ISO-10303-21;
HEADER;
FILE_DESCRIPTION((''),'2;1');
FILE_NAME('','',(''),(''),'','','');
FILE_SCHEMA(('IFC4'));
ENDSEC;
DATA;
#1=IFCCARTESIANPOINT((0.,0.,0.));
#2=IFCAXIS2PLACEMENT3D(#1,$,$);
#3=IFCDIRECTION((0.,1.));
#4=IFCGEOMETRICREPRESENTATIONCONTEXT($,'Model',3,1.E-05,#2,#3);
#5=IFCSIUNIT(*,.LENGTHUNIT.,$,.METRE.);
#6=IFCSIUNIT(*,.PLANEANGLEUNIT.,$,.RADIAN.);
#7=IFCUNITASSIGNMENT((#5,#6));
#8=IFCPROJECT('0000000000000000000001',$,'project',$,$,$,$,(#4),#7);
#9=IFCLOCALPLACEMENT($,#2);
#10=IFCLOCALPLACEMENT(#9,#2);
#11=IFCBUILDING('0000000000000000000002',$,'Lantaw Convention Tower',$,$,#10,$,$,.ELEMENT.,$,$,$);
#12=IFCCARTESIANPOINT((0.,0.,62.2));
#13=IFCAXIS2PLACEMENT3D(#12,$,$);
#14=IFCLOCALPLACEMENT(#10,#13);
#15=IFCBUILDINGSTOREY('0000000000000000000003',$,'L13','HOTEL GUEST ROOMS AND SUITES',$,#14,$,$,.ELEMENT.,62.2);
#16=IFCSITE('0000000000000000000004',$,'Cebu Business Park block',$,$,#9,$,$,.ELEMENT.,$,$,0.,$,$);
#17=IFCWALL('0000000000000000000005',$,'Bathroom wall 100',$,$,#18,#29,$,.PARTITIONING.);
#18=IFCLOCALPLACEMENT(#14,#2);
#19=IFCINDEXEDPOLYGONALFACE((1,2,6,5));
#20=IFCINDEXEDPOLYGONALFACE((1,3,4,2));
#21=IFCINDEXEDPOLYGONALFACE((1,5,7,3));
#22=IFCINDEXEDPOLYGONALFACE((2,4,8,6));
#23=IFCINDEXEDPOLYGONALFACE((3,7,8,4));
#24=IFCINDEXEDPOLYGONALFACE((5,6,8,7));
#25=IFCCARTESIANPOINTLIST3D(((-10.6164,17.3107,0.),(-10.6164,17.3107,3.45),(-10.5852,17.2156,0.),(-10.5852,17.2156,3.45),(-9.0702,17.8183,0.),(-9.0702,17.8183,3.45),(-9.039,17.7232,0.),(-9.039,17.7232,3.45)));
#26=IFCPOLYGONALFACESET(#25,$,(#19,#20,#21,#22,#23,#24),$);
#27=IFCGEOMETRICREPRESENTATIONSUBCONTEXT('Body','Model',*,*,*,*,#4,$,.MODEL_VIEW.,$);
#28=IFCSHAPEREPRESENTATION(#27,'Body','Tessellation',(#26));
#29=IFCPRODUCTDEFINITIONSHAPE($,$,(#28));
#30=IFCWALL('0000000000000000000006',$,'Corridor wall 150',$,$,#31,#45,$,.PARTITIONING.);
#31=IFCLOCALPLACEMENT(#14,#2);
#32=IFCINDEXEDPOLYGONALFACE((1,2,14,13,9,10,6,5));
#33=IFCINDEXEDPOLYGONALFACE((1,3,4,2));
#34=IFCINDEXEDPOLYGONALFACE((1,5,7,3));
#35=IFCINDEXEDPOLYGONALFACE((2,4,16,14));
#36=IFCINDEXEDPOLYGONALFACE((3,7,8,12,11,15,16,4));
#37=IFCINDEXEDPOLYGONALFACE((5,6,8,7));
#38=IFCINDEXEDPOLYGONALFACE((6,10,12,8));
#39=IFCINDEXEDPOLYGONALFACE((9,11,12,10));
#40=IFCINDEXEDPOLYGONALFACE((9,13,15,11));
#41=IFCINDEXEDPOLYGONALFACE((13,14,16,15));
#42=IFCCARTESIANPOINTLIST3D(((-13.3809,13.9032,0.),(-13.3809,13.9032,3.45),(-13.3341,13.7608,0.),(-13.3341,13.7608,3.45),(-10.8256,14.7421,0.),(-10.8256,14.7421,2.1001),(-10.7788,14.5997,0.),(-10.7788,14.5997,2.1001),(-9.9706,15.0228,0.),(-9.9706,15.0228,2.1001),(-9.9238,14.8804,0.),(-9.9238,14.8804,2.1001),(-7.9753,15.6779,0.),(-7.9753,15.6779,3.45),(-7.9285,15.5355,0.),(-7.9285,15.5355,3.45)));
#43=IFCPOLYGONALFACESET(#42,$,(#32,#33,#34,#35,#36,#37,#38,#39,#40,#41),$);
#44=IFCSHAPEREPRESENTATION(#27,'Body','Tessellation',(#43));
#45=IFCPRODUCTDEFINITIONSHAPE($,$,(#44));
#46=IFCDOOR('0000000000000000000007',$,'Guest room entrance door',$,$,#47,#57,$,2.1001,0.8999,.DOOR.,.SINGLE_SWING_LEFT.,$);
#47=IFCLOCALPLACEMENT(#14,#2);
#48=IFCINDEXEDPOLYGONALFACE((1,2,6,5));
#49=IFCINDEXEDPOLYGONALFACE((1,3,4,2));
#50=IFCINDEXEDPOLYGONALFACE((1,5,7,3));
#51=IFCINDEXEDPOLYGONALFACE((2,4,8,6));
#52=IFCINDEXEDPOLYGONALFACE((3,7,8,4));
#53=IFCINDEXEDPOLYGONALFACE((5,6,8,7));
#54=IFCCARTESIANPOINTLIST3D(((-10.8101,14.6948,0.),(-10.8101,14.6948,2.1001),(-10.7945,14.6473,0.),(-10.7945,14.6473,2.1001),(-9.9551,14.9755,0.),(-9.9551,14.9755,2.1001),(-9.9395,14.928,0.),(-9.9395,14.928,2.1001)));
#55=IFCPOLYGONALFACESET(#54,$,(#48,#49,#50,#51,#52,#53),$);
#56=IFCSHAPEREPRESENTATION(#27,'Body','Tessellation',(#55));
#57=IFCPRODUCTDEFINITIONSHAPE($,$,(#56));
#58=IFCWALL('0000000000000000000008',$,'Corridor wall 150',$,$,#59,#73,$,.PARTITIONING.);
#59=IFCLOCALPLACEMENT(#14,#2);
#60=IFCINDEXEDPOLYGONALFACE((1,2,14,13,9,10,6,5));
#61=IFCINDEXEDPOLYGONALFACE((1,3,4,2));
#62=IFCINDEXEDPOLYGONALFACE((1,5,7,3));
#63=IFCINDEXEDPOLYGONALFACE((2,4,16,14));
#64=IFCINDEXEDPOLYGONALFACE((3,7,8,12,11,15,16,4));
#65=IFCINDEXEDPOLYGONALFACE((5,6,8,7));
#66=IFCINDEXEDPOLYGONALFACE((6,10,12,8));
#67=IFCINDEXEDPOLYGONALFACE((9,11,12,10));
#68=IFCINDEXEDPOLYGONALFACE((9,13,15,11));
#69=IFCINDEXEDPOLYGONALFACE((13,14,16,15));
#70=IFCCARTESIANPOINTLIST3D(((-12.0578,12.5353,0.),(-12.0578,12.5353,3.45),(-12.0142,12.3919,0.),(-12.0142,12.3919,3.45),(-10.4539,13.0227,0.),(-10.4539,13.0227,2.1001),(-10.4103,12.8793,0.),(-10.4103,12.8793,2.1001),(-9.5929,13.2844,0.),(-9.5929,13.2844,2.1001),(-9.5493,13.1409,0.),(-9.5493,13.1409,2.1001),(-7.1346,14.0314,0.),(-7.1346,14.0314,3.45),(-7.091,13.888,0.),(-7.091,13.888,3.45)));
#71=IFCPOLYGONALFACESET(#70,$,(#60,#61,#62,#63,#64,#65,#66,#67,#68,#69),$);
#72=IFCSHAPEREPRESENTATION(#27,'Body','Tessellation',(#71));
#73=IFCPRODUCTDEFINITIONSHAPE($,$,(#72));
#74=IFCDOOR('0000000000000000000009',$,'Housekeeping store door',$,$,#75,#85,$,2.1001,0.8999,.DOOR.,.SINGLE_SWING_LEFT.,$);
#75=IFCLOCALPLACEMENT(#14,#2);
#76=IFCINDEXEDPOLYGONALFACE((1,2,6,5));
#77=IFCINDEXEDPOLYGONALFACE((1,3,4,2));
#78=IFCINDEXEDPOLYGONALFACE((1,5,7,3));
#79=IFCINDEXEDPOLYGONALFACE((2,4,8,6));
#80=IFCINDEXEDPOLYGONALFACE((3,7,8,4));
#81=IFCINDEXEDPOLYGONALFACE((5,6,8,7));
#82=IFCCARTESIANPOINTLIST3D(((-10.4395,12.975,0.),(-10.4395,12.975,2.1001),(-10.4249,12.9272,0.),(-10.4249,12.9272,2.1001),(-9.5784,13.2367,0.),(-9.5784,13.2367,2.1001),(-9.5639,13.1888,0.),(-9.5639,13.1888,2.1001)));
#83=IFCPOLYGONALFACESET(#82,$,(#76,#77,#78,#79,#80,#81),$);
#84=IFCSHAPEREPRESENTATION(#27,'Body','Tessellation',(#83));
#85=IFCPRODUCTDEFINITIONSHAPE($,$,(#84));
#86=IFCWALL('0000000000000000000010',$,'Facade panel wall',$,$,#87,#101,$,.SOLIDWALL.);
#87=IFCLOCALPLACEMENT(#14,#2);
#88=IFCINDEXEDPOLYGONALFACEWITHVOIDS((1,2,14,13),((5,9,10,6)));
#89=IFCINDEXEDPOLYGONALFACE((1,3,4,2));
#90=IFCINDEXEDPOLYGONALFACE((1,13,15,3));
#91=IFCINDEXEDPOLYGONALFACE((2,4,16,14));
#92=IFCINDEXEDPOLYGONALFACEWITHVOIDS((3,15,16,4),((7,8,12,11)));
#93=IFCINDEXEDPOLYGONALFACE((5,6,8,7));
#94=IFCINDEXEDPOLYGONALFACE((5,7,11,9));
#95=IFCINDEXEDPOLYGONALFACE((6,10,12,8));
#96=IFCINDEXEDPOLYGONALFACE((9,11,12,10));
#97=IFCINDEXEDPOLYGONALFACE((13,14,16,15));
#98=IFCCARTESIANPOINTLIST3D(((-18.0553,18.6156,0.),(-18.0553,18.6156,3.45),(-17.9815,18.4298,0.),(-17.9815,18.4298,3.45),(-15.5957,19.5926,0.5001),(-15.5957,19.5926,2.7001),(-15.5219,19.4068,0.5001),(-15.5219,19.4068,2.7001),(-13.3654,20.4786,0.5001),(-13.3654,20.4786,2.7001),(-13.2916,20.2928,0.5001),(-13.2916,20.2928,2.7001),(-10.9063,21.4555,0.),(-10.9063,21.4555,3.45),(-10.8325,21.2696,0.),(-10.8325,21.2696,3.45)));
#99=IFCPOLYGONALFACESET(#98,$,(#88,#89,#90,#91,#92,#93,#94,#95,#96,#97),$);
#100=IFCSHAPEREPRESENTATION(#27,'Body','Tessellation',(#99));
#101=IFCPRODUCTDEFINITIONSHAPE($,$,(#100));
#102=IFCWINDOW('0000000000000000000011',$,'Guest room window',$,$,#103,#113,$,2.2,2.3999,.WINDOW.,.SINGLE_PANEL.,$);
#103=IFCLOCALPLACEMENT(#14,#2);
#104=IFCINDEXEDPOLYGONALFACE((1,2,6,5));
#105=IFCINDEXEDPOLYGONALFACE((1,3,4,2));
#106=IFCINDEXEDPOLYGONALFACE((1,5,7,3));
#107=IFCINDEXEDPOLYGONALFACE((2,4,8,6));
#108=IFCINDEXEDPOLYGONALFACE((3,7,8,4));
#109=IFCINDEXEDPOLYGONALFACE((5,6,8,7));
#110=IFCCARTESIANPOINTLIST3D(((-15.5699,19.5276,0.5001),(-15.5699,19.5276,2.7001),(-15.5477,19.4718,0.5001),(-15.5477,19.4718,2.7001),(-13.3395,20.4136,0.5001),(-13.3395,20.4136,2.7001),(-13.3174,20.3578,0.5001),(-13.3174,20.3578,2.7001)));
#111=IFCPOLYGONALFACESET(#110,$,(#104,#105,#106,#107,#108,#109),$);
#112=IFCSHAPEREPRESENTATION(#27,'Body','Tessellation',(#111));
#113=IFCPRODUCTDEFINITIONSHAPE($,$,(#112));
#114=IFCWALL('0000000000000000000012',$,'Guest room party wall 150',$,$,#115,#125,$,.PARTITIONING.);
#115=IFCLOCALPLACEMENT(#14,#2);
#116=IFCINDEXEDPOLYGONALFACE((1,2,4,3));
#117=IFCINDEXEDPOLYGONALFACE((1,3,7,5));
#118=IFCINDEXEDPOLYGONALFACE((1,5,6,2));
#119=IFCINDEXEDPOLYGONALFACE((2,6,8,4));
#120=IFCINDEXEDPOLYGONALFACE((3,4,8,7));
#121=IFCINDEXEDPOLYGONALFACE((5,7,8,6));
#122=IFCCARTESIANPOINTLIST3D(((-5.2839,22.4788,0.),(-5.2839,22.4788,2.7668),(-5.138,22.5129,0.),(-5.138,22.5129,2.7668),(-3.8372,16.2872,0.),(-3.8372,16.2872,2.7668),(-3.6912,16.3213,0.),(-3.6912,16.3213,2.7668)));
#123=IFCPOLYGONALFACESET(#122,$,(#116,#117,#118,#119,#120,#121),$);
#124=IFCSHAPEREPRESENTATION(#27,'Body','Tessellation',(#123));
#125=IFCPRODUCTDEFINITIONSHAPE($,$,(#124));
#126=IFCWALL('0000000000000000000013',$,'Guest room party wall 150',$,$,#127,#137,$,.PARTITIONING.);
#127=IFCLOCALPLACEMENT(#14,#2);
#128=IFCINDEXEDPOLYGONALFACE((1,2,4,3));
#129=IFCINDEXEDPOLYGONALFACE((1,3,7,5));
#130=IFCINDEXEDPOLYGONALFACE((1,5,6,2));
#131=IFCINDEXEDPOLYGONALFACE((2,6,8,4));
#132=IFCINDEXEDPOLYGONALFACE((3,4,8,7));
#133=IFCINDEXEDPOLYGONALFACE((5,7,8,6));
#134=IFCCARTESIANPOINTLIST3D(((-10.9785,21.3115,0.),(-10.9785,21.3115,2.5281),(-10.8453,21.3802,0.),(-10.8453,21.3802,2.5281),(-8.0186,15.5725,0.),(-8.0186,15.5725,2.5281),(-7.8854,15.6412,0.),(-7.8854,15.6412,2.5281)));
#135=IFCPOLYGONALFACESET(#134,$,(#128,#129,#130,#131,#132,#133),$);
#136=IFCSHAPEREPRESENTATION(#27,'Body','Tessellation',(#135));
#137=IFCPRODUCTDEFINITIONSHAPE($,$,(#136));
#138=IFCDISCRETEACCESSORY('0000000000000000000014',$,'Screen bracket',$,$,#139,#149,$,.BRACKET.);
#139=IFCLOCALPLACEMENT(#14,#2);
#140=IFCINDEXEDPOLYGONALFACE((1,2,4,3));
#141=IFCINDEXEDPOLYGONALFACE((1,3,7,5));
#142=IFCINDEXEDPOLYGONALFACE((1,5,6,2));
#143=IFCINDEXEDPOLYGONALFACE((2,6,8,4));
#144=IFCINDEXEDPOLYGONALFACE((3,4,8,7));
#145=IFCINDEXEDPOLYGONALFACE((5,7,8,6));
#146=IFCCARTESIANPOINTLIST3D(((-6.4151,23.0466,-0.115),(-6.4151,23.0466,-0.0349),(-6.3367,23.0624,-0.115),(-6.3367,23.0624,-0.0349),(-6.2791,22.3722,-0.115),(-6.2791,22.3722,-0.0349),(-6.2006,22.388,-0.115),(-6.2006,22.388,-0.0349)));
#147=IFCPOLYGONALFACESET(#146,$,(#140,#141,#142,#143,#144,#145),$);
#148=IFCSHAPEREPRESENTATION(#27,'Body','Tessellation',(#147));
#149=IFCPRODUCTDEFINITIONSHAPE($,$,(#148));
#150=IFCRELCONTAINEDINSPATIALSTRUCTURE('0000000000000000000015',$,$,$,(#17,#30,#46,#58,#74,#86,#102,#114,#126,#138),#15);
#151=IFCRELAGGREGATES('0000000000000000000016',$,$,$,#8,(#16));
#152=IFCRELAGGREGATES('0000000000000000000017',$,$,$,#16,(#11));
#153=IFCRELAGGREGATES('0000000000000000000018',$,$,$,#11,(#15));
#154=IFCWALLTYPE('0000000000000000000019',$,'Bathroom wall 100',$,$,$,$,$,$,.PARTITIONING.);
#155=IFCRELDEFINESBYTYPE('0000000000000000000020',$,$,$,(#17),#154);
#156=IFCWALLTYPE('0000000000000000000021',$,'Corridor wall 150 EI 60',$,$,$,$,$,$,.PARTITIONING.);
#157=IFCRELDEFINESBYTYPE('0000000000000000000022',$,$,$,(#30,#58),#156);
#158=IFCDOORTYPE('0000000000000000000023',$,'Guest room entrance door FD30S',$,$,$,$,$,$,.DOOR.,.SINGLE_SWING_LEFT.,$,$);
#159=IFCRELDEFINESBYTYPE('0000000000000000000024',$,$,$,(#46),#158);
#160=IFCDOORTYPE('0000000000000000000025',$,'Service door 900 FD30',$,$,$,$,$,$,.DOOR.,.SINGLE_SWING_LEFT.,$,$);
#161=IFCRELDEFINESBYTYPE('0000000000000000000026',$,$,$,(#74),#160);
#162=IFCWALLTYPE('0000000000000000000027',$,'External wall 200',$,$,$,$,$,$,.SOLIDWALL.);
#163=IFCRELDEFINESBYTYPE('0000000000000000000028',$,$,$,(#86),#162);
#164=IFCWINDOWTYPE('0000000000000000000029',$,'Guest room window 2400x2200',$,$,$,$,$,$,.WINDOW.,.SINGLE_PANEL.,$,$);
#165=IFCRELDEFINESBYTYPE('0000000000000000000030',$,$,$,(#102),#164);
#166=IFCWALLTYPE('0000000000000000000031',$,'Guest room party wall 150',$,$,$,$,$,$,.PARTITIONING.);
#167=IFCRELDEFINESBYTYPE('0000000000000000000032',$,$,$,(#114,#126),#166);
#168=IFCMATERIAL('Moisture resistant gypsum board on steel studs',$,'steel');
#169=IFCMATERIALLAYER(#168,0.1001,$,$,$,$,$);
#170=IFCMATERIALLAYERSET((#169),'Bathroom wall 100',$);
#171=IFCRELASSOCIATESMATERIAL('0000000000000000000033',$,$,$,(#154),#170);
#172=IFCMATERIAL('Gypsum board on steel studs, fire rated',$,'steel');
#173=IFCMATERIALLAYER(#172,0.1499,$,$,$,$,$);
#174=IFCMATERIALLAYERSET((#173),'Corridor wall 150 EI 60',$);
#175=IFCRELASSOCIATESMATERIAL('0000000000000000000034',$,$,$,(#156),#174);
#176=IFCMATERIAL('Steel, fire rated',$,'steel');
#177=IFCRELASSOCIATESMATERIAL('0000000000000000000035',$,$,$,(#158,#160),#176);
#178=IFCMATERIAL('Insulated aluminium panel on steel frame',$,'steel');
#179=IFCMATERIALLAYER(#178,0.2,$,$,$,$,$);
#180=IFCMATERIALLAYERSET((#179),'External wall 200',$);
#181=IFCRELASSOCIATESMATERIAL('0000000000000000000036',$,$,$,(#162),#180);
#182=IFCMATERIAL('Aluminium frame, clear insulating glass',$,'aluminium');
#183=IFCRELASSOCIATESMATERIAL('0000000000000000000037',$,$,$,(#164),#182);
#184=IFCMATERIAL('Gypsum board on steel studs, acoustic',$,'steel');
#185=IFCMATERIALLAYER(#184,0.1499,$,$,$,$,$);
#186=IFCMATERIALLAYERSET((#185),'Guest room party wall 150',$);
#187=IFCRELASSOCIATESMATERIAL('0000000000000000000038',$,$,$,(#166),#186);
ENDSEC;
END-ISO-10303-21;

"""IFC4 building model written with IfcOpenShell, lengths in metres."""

from ifc_helpers import new_model, si_unit, direction, frame, frame_2d, origin, origin_2d, place, context, subcontext, project, spatial, rectangle, extrude, material, layer, layer_set, type_object, element, fill, save


model = new_model("IFC4")

# Units and contexts
model_context = context("Model", 3, precision=1e-05, world=origin(), true_north=direction((0.0, 1.0)))
body_context = subcontext(model_context, "Body", "Model", "MODEL_VIEW")
ifc_project = project(units=[si_unit("LENGTHUNIT", "METRE"), si_unit("PLANEANGLEUNIT", "RADIAN")], contexts=[model_context])

# Site, building, storey
site_placement = place(None, origin())
site = spatial("IfcSite", under=ifc_project, at=site_placement, Name="Cebu Business Park block", CompositionType="ELEMENT", RefElevation=0.0)
building_placement = place(site_placement, origin())
building = spatial("IfcBuilding", under=site, at=building_placement, Name="Lantaw Convention Tower", CompositionType="ELEMENT")
storey_placement = place(building_placement, frame((0.0, 0.0, 62.2)))
storey = spatial("IfcBuildingStorey", under=building, at=storey_placement, Name="L13", Description="HOTEL GUEST ROOMS AND SUITES", CompositionType="ELEMENT", Elevation=62.2)

# Shared definitions
ifc_material_1 = material(Name="Moisture resistant gypsum board on steel studs", Category="steel")
ifc_layer_1 = layer(ifc_material_1, 0.1001)
ifc_layer_set_1 = layer_set([ifc_layer_1], Name="Bathroom wall 100")
wall_type_1 = type_object("IfcWallType", Name="Bathroom wall 100", PredefinedType="PARTITIONING", material=ifc_layer_set_1)

# Wall
wall_1_placement = place(storey_placement, frame((-10.6008, 17.2632, 0.0), z_axis=(0.0, 0.0, 1.0), x_axis=(0.950114, 0.311904, 0.0)))
element("IfcWall", 1, at=wall_1_placement, inside=storey, type_object=wall_type_1, Name="Bathroom wall 100", PredefinedType="PARTITIONING", context=body_context, shape_type="SweptSolid", body=[
    extrude(rectangle(XDim=1.6274, YDim=0.1001, at=frame_2d((0.8137, 0.0))), origin(), (0.0, 0.0, 1.0), 3.45),
])

# Walls, openings, doors
ifc_material_2 = material(Name="Gypsum board on steel studs, fire rated", Category="steel")
ifc_layer_2 = layer(ifc_material_2, 0.1499)
ifc_layer_set_2 = layer_set([ifc_layer_2], Name="Corridor wall 150 EI 60")
wall_type_2 = type_object("IfcWallType", Name="Corridor wall 150 EI 60", PredefinedType="PARTITIONING", material=ifc_layer_set_2)
wall_2_placement = place(storey_placement, frame((-7.9519, 15.6067, 0.0), z_axis=(0.0, 0.0, 1.0), x_axis=(-0.950107, -0.311925, 0.0)))
wall_2 = element("IfcWall", 2, at=wall_2_placement, inside=storey, type_object=wall_type_2, Name="Corridor wall 150", PredefinedType="PARTITIONING", context=body_context, shape_type="SweptSolid", body=[
    extrude(rectangle(XDim=5.6895, YDim=0.1499, at=frame_2d((2.8447, 0.0))), origin(), (0.0, 0.0, 1.0), 3.45),
])
opening_1_placement = place(wall_2_placement, frame((2.1001, 0.0, 0.0)))
opening_1 = element("IfcOpeningElement", 3, at=opening_1_placement, cuts=wall_2, PredefinedType="OPENING", context=body_context, shape_type="SweptSolid", body=[
    extrude(rectangle(XDim=0.8999, YDim=2.1001, at=frame_2d((0.45, 1.05))), frame((0.0, 0.085, 0.0), z_axis=(0.0, -1.0, 0.0), x_axis=(1.0, 0.0, 0.0)), (0.0, 0.0, 1.0), 0.1699),
])
ifc_material_3 = material(Name="Steel, fire rated", Category="steel")
door_type_1 = type_object("IfcDoorType", Name="Guest room entrance door FD30S", OperationType="SINGLE_SWING_LEFT", PredefinedType="DOOR", material=ifc_material_3)
door_1_placement = place(opening_1_placement, origin())
door_1 = element("IfcDoor", 4, at=door_1_placement, inside=storey, type_object=door_type_1, Name="Guest room entrance door", OperationType="SINGLE_SWING_LEFT", OverallHeight=2.1001, OverallWidth=0.8999, PredefinedType="DOOR", context=body_context, shape_type="SweptSolid", body=[
    extrude(rectangle(XDim=0.8999, YDim=2.1001, at=frame_2d((0.45, 1.05))), frame((0.0, 0.0249, 0.0), z_axis=(0.0, -1.0, 0.0), x_axis=(1.0, 0.0, 0.0)), (0.0, 0.0, 1.0), 0.05),
])
fill(opening_1, door_1)
wall_3_placement = place(storey_placement, frame((-7.1128, 13.9597, 0.0), z_axis=(0.0, 0.0, 1.0), x_axis=(-0.956795, -0.290763, 0.0)))
wall_3 = element("IfcWall", 5, at=wall_3_placement, inside=storey, type_object=wall_type_2, Name="Corridor wall 150", PredefinedType="PARTITIONING", context=body_context, shape_type="SweptSolid", body=[
    extrude(rectangle(XDim=5.1455, YDim=0.1499, at=frame_2d((2.5728, 0.0))), origin(), (0.0, 0.0, 1.0), 3.45),
])
opening_2_placement = place(wall_3_placement, frame((2.5693, 0.0, 0.0)))
opening_2 = element("IfcOpeningElement", 6, at=opening_2_placement, cuts=wall_3, PredefinedType="OPENING", context=body_context, shape_type="SweptSolid", body=[
    extrude(rectangle(XDim=0.8999, YDim=2.1001, at=frame_2d((0.45, 1.05))), frame((0.0, 0.085, 0.0), z_axis=(0.0, -1.0, 0.0), x_axis=(1.0, 0.0, 0.0)), (0.0, 0.0, 1.0), 0.1699),
])
door_type_2 = type_object("IfcDoorType", Name="Service door 900 FD30", OperationType="SINGLE_SWING_LEFT", PredefinedType="DOOR", material=ifc_material_3)
door_2_placement = place(opening_2_placement, origin())
door_2 = element("IfcDoor", 7, at=door_2_placement, inside=storey, type_object=door_type_2, Name="Housekeeping store door", OperationType="SINGLE_SWING_LEFT", OverallHeight=2.1001, OverallWidth=0.8999, PredefinedType="DOOR", context=body_context, shape_type="SweptSolid", body=[
    extrude(rectangle(XDim=0.8999, YDim=2.1001, at=frame_2d((0.45, 1.05))), frame((0.0, 0.0249, 0.0), z_axis=(0.0, -1.0, 0.0), x_axis=(1.0, 0.0, 0.0)), (0.0, 0.0, 1.0), 0.05),
])
fill(opening_2, door_2)

# Wall, opening, window
ifc_material_4 = material(Name="Insulated aluminium panel on steel frame", Category="steel")
ifc_layer_3 = layer(ifc_material_4, 0.2)
ifc_layer_set_3 = layer_set([ifc_layer_3], Name="External wall 200")
wall_type_3 = type_object("IfcWallType", Name="External wall 200", PredefinedType="SOLIDWALL", material=ifc_layer_set_3)
wall_4_placement = place(storey_placement, frame((-10.8694, 21.3625, 0.0), z_axis=(0.0, 0.0, 1.0), x_axis=(-0.929358, -0.369179, 0.0)))
wall_4 = element("IfcWall", 8, at=wall_4_placement, inside=storey, type_object=wall_type_3, Name="Facade panel wall", PredefinedType="SOLIDWALL", context=body_context, shape_type="SweptSolid", body=[
    extrude(rectangle(XDim=7.6924, YDim=0.2, at=frame_2d((3.8462, 0.0))), origin(), (0.0, 0.0, 1.0), 3.45),
])
opening_3_placement = place(wall_4_placement, frame((2.646, 0.0, 0.5)))
opening_3 = element("IfcOpeningElement", 9, at=opening_3_placement, cuts=wall_4, PredefinedType="OPENING", context=body_context, shape_type="SweptSolid", body=[
    extrude(rectangle(XDim=2.3999, YDim=2.2, at=frame_2d((1.2, 1.1001))), frame((0.0, 0.1099, 0.0), z_axis=(0.0, -1.0, 0.0), x_axis=(1.0, 0.0, 0.0)), (0.0, 0.0, 1.0), 0.22),
])
ifc_material_5 = material(Name="Aluminium frame, clear insulating glass", Category="aluminium")
window_type = type_object("IfcWindowType", Name="Guest room window 2400x2200", PartitioningType="SINGLE_PANEL", PredefinedType="WINDOW", material=ifc_material_5)
window_placement = place(opening_3_placement, origin())
window = element("IfcWindow", 10, at=window_placement, inside=storey, type_object=window_type, Name="Guest room window", OverallHeight=2.2, OverallWidth=2.3999, PartitioningType="SINGLE_PANEL", PredefinedType="WINDOW", context=body_context, shape_type="SweptSolid", body=[
    extrude(rectangle(XDim=2.3999, YDim=2.2, at=frame_2d((1.2, 1.1001))), frame((0.0, 0.03, 0.0), z_axis=(0.0, -1.0, 0.0), x_axis=(1.0, 0.0, 0.0)), (0.0, 0.0, 1.0), 0.0601),
])
fill(opening_3, window)

# Walls
ifc_material_6 = material(Name="Gypsum board on steel studs, acoustic", Category="steel")
ifc_layer_4 = layer(ifc_material_6, 0.1499)
ifc_layer_set_4 = layer_set([ifc_layer_4], Name="Guest room party wall 150")
wall_type_4 = type_object("IfcWallType", Name="Guest room party wall 150", PredefinedType="PARTITIONING", material=ifc_layer_set_4)
wall_5_placement = place(storey_placement, frame((-5.2109, 22.4958, 0.0), z_axis=(0.0, 0.0, 1.0), x_axis=(0.227537, -0.97377, 0.0)))
element("IfcWall", 11, at=wall_5_placement, inside=storey, type_object=wall_type_4, Name="Guest room party wall 150", PredefinedType="PARTITIONING", context=body_context, shape_type="SweptSolid", body=[
    extrude(rectangle(XDim=6.3584, YDim=0.1499, at=frame_2d((3.1792, 0.0))), origin(), (0.0, 0.0, 1.0), 2.7668),
])
wall_6_placement = place(storey_placement, frame((-10.9119, 21.3457, 0.0), z_axis=(0.0, 0.0, 1.0), x_axis=(0.458385, -0.888754, 0.0)))
element("IfcWall", 12, at=wall_6_placement, inside=storey, type_object=wall_type_4, Name="Guest room party wall 150", PredefinedType="PARTITIONING", context=body_context, shape_type="SweptSolid", body=[
    extrude(rectangle(XDim=6.4573, YDim=0.1499, at=frame_2d((3.2285, 0.0))), origin(), (0.0, 0.0, 1.0), 2.5281),
])

# Discrete accessory
discrete_accessory_placement = place(storey_placement, frame((-6.3079, 22.7173, -0.115), z_axis=(0.0, 0.0, 1.0), x_axis=(-0.980245, -0.197789, 0.0)))
element("IfcDiscreteAccessory", 13, at=discrete_accessory_placement, inside=storey, Name="Screen bracket", PredefinedType="BRACKET", context=body_context, shape_type="SweptSolid", body=[
    extrude(rectangle(XDim=0.0801, YDim=0.688, at=origin_2d()), origin(), (0.0, 0.0, 1.0), 0.0801),
])

save(model, "model.ifc")
